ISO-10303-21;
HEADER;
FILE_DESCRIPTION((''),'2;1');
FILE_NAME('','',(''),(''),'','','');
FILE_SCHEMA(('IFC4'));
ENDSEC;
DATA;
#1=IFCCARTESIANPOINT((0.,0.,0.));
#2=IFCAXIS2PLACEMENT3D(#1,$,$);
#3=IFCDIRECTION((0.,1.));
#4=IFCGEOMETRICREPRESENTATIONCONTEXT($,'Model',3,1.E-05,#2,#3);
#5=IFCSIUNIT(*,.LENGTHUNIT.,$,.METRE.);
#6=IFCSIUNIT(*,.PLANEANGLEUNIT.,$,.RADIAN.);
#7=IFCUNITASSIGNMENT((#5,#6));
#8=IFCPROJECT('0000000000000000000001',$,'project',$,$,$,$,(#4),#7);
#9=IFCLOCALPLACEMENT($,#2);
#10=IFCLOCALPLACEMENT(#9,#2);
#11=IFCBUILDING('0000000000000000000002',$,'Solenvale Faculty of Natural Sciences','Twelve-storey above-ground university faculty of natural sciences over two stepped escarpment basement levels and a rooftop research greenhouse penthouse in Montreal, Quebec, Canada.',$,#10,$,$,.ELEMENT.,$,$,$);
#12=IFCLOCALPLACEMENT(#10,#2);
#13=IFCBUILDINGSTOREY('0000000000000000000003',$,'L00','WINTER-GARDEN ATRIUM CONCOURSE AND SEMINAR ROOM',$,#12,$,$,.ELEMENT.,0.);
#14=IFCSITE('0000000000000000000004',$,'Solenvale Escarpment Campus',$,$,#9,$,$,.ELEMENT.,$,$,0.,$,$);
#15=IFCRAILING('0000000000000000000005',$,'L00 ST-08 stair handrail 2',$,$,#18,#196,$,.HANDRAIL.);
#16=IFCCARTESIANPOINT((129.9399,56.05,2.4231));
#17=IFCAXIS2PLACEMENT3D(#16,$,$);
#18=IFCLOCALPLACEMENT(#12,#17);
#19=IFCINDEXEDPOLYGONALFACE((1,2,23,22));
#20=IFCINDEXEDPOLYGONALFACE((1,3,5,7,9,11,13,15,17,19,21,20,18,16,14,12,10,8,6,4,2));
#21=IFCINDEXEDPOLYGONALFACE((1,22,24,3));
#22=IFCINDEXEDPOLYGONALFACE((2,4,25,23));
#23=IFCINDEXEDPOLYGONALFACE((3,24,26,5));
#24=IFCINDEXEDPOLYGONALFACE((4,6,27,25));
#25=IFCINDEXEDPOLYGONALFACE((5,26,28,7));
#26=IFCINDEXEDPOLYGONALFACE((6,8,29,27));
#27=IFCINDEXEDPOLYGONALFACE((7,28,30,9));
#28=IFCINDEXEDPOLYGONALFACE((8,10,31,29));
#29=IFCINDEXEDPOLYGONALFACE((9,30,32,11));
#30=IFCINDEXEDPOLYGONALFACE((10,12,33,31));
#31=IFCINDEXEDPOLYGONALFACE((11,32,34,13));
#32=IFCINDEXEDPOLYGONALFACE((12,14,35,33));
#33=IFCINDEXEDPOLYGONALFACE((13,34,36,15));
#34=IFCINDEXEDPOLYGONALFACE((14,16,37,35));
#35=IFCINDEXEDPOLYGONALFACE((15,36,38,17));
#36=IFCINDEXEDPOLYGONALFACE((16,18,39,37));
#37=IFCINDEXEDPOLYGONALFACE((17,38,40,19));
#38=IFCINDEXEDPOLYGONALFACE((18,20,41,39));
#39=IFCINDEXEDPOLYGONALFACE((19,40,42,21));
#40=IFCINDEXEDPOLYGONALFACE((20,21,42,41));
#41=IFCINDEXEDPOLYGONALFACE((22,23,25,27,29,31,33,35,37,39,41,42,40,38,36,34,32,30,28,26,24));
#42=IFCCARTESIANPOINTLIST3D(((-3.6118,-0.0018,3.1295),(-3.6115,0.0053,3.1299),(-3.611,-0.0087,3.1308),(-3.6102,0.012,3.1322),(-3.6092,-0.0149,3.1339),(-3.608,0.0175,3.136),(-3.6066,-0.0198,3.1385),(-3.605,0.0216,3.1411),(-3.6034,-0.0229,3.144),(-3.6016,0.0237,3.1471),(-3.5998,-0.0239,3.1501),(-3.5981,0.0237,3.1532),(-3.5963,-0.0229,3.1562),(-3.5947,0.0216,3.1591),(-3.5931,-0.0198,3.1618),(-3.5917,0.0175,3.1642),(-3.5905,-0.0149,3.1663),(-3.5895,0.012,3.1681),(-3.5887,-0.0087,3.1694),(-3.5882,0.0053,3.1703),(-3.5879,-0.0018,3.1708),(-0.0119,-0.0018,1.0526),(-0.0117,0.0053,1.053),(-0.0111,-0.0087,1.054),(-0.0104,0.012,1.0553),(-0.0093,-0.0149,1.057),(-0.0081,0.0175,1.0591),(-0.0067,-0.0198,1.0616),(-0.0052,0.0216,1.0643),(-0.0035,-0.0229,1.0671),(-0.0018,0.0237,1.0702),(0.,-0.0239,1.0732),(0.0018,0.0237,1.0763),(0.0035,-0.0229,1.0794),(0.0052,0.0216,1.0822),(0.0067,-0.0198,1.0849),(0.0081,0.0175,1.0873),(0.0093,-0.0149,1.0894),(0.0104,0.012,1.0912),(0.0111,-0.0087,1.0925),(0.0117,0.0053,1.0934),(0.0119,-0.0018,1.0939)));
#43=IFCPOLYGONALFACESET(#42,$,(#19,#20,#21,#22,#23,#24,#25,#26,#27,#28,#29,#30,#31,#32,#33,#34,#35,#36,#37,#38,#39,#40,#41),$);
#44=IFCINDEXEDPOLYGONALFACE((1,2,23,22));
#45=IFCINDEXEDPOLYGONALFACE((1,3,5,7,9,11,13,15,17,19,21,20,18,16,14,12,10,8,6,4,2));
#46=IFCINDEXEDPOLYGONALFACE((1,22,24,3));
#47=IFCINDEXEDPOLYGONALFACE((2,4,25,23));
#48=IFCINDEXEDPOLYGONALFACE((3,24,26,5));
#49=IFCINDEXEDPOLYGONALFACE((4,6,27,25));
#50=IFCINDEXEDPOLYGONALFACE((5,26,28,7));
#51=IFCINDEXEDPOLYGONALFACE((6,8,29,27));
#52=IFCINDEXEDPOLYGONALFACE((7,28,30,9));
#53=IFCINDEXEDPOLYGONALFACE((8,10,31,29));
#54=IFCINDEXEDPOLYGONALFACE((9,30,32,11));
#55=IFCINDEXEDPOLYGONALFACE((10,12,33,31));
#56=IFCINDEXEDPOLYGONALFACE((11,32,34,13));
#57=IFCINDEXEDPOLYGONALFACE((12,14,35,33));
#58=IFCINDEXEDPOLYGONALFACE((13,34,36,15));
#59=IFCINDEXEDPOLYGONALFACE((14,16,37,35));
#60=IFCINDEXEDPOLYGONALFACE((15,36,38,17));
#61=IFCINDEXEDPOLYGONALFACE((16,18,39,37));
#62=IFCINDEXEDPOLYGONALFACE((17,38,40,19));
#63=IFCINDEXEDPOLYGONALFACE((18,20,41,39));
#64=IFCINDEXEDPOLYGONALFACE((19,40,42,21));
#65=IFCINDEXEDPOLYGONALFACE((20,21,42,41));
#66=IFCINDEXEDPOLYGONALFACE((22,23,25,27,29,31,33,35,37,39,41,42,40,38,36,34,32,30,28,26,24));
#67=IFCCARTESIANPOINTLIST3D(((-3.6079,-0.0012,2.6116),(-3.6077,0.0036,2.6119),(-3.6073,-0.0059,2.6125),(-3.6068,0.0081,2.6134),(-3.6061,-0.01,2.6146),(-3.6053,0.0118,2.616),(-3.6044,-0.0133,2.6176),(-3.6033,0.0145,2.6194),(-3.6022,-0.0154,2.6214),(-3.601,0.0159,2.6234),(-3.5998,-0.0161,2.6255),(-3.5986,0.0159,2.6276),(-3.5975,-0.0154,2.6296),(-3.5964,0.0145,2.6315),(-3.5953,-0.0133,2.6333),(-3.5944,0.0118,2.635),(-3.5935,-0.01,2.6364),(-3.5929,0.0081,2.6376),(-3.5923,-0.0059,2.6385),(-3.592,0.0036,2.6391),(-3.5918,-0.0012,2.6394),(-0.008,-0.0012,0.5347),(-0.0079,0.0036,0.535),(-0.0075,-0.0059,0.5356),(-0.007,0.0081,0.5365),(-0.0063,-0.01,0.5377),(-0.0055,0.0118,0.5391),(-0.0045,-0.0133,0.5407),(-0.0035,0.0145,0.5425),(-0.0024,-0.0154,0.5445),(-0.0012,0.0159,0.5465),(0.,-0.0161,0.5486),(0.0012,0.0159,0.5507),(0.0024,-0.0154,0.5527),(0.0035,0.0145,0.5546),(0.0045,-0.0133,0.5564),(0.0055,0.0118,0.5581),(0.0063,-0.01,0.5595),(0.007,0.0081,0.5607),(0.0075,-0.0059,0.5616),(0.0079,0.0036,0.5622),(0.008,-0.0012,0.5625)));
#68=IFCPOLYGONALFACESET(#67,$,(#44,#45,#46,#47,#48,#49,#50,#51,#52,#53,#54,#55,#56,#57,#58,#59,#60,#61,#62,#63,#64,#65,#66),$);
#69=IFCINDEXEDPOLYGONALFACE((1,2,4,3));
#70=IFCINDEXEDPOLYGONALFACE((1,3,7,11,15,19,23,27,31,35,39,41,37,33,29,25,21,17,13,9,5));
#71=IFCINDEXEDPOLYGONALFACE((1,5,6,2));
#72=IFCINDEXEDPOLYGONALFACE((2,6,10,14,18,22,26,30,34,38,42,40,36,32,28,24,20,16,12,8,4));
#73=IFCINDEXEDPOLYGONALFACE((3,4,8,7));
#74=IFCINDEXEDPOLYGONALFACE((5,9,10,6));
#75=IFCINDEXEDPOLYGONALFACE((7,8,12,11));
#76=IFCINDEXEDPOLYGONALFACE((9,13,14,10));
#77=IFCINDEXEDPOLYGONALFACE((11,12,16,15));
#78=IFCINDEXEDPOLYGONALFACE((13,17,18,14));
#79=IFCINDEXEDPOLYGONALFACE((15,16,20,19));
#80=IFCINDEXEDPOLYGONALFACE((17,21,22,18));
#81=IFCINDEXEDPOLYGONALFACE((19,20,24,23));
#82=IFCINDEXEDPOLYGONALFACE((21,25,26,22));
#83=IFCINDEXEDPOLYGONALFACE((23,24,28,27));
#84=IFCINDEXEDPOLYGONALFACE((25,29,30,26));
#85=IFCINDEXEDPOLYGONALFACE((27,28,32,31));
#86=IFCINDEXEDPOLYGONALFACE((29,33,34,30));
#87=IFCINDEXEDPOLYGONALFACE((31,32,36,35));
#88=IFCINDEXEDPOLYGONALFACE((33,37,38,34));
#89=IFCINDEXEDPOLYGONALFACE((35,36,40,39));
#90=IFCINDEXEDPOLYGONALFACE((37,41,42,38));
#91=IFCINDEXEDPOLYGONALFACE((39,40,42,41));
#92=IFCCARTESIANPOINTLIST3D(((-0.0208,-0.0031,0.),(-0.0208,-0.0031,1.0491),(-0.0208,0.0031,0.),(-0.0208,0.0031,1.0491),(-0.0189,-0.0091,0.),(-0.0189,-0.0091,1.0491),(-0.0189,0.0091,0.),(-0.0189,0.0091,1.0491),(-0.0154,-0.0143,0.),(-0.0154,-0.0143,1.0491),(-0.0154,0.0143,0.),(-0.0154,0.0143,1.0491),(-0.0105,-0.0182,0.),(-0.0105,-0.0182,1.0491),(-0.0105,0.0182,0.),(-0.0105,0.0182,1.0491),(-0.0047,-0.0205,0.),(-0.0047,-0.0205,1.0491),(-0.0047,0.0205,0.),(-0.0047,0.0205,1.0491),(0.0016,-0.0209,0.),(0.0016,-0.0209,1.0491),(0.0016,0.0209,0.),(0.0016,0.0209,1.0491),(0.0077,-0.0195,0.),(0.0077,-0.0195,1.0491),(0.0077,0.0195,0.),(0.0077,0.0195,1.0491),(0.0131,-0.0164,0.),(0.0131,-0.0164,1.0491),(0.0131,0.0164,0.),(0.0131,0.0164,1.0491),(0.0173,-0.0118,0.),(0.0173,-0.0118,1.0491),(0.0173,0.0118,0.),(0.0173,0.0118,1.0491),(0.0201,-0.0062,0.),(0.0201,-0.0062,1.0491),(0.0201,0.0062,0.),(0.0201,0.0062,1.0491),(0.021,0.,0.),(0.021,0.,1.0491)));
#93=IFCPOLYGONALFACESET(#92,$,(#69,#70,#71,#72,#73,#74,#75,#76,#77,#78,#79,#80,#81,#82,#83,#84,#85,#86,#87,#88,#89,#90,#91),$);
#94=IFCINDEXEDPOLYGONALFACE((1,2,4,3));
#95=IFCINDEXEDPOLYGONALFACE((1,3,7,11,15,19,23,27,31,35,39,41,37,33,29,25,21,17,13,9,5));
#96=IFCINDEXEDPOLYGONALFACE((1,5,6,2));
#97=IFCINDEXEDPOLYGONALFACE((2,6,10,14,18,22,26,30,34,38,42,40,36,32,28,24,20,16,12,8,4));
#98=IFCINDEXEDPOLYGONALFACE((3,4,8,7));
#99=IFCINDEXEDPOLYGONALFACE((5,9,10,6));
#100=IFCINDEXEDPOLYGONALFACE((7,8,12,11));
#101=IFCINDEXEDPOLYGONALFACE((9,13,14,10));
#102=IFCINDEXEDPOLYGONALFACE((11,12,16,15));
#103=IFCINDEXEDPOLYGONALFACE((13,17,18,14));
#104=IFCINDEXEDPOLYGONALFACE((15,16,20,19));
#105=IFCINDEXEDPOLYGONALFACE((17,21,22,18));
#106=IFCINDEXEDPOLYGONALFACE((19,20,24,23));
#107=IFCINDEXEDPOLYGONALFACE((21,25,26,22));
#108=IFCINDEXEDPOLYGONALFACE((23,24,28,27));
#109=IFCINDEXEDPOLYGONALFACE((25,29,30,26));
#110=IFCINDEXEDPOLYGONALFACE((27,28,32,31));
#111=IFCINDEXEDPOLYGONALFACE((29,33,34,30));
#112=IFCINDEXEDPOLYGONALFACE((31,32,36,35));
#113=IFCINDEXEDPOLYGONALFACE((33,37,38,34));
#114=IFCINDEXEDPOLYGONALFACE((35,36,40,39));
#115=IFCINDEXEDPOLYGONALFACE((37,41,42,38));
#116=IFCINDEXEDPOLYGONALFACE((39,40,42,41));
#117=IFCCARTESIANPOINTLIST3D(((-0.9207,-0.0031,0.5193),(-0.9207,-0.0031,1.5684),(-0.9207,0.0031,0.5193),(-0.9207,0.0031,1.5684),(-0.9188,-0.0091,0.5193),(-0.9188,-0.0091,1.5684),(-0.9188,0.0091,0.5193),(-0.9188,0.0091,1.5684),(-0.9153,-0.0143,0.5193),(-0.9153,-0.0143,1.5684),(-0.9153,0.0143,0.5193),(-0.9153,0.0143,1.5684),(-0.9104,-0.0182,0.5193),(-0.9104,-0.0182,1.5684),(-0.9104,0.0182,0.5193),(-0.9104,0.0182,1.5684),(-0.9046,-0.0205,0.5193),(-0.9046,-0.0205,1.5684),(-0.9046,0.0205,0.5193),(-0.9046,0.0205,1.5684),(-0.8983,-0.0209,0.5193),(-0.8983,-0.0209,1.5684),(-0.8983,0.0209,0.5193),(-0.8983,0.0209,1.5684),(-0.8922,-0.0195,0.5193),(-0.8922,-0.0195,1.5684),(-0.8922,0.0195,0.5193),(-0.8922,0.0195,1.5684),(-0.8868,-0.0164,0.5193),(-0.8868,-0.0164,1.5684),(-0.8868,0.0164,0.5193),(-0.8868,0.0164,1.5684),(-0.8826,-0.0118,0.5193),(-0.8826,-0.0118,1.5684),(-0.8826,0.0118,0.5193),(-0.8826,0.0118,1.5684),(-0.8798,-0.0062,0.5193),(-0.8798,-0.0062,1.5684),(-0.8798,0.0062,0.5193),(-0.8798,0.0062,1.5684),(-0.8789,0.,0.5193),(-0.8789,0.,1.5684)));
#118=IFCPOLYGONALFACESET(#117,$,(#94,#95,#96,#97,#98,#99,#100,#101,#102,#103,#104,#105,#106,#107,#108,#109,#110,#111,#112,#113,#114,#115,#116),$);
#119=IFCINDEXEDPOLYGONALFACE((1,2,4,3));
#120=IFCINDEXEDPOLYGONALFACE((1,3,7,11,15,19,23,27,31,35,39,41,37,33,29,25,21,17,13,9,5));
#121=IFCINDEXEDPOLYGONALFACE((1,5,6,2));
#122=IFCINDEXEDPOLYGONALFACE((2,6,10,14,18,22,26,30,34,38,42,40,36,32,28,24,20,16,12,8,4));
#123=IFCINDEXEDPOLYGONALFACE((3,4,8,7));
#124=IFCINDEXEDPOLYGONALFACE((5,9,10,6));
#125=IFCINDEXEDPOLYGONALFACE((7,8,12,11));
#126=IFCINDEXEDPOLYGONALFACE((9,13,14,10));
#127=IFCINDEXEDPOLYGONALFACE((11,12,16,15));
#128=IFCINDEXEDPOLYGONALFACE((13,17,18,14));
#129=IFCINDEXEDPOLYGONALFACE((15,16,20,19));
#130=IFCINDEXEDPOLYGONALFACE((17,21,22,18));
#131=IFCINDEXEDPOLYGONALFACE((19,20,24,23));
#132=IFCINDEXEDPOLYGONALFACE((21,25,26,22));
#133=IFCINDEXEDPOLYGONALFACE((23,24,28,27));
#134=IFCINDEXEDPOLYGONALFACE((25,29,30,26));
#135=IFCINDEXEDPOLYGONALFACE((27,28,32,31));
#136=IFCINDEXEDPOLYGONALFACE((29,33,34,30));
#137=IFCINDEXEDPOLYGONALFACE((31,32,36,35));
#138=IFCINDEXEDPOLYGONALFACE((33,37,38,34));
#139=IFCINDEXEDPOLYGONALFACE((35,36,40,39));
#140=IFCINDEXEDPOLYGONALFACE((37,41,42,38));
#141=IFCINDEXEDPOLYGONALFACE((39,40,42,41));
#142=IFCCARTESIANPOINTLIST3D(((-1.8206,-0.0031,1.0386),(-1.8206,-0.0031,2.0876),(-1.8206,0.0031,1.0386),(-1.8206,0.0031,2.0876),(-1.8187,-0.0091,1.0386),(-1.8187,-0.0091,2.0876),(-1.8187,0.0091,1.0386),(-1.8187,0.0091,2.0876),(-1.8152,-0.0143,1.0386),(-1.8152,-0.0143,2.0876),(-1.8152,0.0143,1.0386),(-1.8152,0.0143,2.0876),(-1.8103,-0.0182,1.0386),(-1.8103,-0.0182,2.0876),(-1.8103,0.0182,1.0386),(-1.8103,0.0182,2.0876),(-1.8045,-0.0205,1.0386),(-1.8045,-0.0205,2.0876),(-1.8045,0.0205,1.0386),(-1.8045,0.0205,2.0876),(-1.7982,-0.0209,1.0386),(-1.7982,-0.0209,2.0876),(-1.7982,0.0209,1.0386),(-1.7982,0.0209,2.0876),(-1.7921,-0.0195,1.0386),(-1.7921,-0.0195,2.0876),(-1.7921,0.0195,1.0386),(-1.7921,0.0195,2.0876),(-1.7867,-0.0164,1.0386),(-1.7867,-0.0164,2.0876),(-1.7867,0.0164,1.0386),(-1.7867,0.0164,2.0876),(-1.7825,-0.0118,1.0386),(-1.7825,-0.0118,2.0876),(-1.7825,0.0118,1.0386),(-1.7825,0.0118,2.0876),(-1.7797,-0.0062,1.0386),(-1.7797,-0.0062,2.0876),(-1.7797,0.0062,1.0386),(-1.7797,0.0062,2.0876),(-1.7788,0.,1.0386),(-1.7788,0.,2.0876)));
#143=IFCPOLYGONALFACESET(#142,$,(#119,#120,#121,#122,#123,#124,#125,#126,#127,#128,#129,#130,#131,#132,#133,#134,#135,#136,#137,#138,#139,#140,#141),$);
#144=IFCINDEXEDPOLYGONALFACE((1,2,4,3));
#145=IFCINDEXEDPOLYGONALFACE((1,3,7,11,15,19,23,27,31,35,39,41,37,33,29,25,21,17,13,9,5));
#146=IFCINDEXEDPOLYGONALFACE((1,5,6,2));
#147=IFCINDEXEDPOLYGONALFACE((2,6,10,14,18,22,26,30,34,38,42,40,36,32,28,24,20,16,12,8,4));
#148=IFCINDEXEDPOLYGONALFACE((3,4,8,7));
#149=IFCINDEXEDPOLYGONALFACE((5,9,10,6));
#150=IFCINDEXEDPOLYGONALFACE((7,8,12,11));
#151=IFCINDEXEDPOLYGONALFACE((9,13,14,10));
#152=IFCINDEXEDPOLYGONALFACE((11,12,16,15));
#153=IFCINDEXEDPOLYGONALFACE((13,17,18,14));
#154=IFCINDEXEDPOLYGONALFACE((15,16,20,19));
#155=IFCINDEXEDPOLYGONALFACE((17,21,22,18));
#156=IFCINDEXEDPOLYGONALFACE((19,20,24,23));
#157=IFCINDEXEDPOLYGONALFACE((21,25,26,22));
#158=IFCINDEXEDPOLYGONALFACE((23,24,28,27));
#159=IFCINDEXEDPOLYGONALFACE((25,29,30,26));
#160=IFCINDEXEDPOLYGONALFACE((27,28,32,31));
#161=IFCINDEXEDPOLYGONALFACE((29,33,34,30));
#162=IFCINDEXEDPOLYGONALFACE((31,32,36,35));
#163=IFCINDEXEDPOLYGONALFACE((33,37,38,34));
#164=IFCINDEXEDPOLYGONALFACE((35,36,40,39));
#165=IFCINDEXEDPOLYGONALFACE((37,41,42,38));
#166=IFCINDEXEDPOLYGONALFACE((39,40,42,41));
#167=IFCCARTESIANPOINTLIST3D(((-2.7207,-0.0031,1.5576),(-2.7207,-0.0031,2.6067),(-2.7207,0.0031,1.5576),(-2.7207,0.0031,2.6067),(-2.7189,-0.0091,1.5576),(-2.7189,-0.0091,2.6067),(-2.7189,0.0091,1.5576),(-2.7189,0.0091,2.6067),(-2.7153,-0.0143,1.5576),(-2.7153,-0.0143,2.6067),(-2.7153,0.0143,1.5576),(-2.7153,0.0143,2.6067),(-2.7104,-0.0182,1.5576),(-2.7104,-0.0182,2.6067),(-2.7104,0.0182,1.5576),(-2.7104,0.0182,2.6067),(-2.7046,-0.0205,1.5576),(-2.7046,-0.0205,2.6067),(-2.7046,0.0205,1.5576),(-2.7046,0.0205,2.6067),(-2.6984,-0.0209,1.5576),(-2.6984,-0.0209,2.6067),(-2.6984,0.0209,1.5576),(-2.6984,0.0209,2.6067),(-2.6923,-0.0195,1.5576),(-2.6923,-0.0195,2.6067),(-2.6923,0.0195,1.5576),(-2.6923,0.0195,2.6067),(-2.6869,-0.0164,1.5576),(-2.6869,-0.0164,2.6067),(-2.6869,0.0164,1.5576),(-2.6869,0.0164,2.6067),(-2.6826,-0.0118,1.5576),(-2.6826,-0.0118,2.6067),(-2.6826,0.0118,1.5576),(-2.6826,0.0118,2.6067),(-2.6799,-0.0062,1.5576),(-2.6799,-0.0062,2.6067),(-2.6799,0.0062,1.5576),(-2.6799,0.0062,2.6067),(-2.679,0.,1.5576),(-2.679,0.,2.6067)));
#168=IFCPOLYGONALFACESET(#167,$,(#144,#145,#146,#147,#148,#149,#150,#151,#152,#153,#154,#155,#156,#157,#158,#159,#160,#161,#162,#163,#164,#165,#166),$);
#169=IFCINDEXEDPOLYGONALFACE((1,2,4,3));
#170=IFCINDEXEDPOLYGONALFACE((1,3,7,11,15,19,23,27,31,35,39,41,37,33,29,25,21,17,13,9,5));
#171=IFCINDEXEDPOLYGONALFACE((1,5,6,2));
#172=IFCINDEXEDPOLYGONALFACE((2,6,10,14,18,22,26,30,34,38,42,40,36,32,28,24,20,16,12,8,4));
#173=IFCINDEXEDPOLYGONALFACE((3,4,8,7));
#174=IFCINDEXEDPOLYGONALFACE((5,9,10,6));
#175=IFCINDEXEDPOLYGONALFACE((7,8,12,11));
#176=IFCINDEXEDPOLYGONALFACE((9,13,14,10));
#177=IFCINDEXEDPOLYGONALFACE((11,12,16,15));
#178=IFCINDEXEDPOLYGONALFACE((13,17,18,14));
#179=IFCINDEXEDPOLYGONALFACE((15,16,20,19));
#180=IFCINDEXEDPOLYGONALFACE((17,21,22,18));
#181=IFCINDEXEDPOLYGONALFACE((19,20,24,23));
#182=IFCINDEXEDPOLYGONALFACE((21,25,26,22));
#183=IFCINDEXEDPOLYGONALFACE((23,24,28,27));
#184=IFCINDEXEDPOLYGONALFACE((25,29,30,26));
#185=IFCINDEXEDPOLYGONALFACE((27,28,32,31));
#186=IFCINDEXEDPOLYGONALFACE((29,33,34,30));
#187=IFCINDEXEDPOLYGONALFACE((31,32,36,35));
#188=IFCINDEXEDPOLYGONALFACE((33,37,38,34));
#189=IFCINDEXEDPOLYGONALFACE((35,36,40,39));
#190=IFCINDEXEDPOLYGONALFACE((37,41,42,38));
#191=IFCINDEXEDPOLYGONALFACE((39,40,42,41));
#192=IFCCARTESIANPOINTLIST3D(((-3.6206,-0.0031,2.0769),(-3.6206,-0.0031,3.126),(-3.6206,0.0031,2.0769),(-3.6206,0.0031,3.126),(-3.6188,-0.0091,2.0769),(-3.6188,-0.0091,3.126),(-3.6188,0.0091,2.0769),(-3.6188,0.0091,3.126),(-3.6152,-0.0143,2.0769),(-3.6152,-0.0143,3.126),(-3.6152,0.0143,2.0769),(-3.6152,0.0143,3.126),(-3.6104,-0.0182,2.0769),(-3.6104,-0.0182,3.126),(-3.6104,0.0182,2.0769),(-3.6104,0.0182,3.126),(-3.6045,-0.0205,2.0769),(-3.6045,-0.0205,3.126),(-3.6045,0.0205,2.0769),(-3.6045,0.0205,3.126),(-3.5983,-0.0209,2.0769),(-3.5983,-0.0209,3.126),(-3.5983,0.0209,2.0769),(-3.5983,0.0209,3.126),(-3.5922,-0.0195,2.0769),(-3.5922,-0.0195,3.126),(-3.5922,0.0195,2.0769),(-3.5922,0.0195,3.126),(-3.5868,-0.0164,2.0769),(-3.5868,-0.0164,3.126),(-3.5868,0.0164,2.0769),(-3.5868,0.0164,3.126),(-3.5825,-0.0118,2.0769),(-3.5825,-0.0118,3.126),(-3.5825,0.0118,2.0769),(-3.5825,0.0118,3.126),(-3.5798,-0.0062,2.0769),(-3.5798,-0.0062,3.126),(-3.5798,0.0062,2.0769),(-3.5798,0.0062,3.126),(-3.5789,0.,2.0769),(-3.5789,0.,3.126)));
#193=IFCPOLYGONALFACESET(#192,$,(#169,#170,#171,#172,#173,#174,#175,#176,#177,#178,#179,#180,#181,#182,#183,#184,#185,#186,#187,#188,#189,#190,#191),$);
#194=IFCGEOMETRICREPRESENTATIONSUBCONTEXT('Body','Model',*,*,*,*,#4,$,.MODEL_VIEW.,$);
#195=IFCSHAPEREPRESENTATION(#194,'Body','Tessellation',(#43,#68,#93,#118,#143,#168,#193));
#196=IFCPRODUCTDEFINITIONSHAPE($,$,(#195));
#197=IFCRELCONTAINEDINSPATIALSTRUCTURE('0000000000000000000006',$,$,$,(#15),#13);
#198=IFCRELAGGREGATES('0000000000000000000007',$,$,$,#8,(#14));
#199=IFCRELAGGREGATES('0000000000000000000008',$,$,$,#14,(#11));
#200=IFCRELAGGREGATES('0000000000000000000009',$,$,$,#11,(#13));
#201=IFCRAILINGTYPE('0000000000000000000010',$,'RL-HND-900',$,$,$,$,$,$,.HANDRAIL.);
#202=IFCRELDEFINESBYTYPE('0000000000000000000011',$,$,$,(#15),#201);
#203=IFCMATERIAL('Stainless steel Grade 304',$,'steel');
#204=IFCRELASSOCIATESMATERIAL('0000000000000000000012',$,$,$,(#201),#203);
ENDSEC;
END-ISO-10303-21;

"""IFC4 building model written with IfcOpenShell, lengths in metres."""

from ifc_helpers import new_model, si_unit, direction, frame, origin, origin_2d, place, context, subcontext, project, spatial, circle, extrude, material, type_object, element, save


model = new_model("IFC4")

# Units and contexts
model_context = context("Model", 3, precision=1e-05, world=origin(), true_north=direction((0.0, 1.0)))
body_context = subcontext(model_context, "Body", "Model", "MODEL_VIEW")
ifc_project = project(units=[si_unit("LENGTHUNIT", "METRE"), si_unit("PLANEANGLEUNIT", "RADIAN")], contexts=[model_context])

# Site, building, storey
site_placement = place(None, origin())
site = spatial("IfcSite", under=ifc_project, at=site_placement, Name="Solenvale Escarpment Campus", CompositionType="ELEMENT", RefElevation=0.0)
building_placement = place(site_placement, origin())
building = spatial("IfcBuilding", under=site, at=building_placement, Name="Solenvale Faculty of Natural Sciences", Description="Twelve-storey above-ground university faculty of natural sciences over two stepped escarpment basement levels and a rooftop research greenhouse penthouse in Montreal, Quebec, Canada.", CompositionType="ELEMENT")
storey_placement = place(building_placement, origin())
storey = spatial("IfcBuildingStorey", under=building, at=storey_placement, Name="L00", Description="WINTER-GARDEN ATRIUM CONCOURSE AND SEMINAR ROOM", CompositionType="ELEMENT", Elevation=0.0)

# Railing
ifc_material_1 = material(Name="Stainless steel Grade 304", Category="steel")
railing_type_1 = type_object("IfcRailingType", Name="RL-HND-900", PredefinedType="HANDRAIL", material=ifc_material_1)
railing_1_placement = place(storey_placement, frame((129.9399, 56.05, 2.4231)))
element("IfcRailing", 1, at=railing_1_placement, inside=storey, type_object=railing_type_1, Name="L00 ST-08 stair handrail 2", PredefinedType="HANDRAIL", context=body_context, shape_type="SweptSolid", body=[
    extrude(circle(Radius=0.0239, at=origin_2d()), frame((0.0, 0.0, 1.0732), z_axis=(-0.866179, 0.0, 0.499734), x_axis=(0.0, -1.0, 0.0)), (0.0, 0.0, 1.0), 4.156),
    extrude(circle(Radius=0.0161, at=origin_2d()), frame((0.0, 0.0, 0.5486), z_axis=(-0.866179, 0.0, 0.499734), x_axis=(0.0, -1.0, 0.0)), (0.0, 0.0, 1.0), 4.156),
    extrude(circle(Radius=0.021, at=origin_2d()), origin(), (0.0, 0.0, 1.0), 1.0491),
    extrude(circle(Radius=0.021, at=origin_2d()), frame((-0.8999, 0.0, 0.5193)), (0.0, 0.0, 1.0), 1.0491),
    extrude(circle(Radius=0.021, at=origin_2d()), frame((-1.7998, 0.0, 1.0386)), (0.0, 0.0, 1.0), 1.0491),
    extrude(circle(Radius=0.021, at=origin_2d()), frame((-2.7, 0.0, 1.5576)), (0.0, 0.0, 1.0), 1.0491),
    extrude(circle(Radius=0.021, at=origin_2d()), frame((-3.5999, 0.0, 2.0769)), (0.0, 0.0, 1.0), 1.0491),
])

save(model, "model.ifc")
